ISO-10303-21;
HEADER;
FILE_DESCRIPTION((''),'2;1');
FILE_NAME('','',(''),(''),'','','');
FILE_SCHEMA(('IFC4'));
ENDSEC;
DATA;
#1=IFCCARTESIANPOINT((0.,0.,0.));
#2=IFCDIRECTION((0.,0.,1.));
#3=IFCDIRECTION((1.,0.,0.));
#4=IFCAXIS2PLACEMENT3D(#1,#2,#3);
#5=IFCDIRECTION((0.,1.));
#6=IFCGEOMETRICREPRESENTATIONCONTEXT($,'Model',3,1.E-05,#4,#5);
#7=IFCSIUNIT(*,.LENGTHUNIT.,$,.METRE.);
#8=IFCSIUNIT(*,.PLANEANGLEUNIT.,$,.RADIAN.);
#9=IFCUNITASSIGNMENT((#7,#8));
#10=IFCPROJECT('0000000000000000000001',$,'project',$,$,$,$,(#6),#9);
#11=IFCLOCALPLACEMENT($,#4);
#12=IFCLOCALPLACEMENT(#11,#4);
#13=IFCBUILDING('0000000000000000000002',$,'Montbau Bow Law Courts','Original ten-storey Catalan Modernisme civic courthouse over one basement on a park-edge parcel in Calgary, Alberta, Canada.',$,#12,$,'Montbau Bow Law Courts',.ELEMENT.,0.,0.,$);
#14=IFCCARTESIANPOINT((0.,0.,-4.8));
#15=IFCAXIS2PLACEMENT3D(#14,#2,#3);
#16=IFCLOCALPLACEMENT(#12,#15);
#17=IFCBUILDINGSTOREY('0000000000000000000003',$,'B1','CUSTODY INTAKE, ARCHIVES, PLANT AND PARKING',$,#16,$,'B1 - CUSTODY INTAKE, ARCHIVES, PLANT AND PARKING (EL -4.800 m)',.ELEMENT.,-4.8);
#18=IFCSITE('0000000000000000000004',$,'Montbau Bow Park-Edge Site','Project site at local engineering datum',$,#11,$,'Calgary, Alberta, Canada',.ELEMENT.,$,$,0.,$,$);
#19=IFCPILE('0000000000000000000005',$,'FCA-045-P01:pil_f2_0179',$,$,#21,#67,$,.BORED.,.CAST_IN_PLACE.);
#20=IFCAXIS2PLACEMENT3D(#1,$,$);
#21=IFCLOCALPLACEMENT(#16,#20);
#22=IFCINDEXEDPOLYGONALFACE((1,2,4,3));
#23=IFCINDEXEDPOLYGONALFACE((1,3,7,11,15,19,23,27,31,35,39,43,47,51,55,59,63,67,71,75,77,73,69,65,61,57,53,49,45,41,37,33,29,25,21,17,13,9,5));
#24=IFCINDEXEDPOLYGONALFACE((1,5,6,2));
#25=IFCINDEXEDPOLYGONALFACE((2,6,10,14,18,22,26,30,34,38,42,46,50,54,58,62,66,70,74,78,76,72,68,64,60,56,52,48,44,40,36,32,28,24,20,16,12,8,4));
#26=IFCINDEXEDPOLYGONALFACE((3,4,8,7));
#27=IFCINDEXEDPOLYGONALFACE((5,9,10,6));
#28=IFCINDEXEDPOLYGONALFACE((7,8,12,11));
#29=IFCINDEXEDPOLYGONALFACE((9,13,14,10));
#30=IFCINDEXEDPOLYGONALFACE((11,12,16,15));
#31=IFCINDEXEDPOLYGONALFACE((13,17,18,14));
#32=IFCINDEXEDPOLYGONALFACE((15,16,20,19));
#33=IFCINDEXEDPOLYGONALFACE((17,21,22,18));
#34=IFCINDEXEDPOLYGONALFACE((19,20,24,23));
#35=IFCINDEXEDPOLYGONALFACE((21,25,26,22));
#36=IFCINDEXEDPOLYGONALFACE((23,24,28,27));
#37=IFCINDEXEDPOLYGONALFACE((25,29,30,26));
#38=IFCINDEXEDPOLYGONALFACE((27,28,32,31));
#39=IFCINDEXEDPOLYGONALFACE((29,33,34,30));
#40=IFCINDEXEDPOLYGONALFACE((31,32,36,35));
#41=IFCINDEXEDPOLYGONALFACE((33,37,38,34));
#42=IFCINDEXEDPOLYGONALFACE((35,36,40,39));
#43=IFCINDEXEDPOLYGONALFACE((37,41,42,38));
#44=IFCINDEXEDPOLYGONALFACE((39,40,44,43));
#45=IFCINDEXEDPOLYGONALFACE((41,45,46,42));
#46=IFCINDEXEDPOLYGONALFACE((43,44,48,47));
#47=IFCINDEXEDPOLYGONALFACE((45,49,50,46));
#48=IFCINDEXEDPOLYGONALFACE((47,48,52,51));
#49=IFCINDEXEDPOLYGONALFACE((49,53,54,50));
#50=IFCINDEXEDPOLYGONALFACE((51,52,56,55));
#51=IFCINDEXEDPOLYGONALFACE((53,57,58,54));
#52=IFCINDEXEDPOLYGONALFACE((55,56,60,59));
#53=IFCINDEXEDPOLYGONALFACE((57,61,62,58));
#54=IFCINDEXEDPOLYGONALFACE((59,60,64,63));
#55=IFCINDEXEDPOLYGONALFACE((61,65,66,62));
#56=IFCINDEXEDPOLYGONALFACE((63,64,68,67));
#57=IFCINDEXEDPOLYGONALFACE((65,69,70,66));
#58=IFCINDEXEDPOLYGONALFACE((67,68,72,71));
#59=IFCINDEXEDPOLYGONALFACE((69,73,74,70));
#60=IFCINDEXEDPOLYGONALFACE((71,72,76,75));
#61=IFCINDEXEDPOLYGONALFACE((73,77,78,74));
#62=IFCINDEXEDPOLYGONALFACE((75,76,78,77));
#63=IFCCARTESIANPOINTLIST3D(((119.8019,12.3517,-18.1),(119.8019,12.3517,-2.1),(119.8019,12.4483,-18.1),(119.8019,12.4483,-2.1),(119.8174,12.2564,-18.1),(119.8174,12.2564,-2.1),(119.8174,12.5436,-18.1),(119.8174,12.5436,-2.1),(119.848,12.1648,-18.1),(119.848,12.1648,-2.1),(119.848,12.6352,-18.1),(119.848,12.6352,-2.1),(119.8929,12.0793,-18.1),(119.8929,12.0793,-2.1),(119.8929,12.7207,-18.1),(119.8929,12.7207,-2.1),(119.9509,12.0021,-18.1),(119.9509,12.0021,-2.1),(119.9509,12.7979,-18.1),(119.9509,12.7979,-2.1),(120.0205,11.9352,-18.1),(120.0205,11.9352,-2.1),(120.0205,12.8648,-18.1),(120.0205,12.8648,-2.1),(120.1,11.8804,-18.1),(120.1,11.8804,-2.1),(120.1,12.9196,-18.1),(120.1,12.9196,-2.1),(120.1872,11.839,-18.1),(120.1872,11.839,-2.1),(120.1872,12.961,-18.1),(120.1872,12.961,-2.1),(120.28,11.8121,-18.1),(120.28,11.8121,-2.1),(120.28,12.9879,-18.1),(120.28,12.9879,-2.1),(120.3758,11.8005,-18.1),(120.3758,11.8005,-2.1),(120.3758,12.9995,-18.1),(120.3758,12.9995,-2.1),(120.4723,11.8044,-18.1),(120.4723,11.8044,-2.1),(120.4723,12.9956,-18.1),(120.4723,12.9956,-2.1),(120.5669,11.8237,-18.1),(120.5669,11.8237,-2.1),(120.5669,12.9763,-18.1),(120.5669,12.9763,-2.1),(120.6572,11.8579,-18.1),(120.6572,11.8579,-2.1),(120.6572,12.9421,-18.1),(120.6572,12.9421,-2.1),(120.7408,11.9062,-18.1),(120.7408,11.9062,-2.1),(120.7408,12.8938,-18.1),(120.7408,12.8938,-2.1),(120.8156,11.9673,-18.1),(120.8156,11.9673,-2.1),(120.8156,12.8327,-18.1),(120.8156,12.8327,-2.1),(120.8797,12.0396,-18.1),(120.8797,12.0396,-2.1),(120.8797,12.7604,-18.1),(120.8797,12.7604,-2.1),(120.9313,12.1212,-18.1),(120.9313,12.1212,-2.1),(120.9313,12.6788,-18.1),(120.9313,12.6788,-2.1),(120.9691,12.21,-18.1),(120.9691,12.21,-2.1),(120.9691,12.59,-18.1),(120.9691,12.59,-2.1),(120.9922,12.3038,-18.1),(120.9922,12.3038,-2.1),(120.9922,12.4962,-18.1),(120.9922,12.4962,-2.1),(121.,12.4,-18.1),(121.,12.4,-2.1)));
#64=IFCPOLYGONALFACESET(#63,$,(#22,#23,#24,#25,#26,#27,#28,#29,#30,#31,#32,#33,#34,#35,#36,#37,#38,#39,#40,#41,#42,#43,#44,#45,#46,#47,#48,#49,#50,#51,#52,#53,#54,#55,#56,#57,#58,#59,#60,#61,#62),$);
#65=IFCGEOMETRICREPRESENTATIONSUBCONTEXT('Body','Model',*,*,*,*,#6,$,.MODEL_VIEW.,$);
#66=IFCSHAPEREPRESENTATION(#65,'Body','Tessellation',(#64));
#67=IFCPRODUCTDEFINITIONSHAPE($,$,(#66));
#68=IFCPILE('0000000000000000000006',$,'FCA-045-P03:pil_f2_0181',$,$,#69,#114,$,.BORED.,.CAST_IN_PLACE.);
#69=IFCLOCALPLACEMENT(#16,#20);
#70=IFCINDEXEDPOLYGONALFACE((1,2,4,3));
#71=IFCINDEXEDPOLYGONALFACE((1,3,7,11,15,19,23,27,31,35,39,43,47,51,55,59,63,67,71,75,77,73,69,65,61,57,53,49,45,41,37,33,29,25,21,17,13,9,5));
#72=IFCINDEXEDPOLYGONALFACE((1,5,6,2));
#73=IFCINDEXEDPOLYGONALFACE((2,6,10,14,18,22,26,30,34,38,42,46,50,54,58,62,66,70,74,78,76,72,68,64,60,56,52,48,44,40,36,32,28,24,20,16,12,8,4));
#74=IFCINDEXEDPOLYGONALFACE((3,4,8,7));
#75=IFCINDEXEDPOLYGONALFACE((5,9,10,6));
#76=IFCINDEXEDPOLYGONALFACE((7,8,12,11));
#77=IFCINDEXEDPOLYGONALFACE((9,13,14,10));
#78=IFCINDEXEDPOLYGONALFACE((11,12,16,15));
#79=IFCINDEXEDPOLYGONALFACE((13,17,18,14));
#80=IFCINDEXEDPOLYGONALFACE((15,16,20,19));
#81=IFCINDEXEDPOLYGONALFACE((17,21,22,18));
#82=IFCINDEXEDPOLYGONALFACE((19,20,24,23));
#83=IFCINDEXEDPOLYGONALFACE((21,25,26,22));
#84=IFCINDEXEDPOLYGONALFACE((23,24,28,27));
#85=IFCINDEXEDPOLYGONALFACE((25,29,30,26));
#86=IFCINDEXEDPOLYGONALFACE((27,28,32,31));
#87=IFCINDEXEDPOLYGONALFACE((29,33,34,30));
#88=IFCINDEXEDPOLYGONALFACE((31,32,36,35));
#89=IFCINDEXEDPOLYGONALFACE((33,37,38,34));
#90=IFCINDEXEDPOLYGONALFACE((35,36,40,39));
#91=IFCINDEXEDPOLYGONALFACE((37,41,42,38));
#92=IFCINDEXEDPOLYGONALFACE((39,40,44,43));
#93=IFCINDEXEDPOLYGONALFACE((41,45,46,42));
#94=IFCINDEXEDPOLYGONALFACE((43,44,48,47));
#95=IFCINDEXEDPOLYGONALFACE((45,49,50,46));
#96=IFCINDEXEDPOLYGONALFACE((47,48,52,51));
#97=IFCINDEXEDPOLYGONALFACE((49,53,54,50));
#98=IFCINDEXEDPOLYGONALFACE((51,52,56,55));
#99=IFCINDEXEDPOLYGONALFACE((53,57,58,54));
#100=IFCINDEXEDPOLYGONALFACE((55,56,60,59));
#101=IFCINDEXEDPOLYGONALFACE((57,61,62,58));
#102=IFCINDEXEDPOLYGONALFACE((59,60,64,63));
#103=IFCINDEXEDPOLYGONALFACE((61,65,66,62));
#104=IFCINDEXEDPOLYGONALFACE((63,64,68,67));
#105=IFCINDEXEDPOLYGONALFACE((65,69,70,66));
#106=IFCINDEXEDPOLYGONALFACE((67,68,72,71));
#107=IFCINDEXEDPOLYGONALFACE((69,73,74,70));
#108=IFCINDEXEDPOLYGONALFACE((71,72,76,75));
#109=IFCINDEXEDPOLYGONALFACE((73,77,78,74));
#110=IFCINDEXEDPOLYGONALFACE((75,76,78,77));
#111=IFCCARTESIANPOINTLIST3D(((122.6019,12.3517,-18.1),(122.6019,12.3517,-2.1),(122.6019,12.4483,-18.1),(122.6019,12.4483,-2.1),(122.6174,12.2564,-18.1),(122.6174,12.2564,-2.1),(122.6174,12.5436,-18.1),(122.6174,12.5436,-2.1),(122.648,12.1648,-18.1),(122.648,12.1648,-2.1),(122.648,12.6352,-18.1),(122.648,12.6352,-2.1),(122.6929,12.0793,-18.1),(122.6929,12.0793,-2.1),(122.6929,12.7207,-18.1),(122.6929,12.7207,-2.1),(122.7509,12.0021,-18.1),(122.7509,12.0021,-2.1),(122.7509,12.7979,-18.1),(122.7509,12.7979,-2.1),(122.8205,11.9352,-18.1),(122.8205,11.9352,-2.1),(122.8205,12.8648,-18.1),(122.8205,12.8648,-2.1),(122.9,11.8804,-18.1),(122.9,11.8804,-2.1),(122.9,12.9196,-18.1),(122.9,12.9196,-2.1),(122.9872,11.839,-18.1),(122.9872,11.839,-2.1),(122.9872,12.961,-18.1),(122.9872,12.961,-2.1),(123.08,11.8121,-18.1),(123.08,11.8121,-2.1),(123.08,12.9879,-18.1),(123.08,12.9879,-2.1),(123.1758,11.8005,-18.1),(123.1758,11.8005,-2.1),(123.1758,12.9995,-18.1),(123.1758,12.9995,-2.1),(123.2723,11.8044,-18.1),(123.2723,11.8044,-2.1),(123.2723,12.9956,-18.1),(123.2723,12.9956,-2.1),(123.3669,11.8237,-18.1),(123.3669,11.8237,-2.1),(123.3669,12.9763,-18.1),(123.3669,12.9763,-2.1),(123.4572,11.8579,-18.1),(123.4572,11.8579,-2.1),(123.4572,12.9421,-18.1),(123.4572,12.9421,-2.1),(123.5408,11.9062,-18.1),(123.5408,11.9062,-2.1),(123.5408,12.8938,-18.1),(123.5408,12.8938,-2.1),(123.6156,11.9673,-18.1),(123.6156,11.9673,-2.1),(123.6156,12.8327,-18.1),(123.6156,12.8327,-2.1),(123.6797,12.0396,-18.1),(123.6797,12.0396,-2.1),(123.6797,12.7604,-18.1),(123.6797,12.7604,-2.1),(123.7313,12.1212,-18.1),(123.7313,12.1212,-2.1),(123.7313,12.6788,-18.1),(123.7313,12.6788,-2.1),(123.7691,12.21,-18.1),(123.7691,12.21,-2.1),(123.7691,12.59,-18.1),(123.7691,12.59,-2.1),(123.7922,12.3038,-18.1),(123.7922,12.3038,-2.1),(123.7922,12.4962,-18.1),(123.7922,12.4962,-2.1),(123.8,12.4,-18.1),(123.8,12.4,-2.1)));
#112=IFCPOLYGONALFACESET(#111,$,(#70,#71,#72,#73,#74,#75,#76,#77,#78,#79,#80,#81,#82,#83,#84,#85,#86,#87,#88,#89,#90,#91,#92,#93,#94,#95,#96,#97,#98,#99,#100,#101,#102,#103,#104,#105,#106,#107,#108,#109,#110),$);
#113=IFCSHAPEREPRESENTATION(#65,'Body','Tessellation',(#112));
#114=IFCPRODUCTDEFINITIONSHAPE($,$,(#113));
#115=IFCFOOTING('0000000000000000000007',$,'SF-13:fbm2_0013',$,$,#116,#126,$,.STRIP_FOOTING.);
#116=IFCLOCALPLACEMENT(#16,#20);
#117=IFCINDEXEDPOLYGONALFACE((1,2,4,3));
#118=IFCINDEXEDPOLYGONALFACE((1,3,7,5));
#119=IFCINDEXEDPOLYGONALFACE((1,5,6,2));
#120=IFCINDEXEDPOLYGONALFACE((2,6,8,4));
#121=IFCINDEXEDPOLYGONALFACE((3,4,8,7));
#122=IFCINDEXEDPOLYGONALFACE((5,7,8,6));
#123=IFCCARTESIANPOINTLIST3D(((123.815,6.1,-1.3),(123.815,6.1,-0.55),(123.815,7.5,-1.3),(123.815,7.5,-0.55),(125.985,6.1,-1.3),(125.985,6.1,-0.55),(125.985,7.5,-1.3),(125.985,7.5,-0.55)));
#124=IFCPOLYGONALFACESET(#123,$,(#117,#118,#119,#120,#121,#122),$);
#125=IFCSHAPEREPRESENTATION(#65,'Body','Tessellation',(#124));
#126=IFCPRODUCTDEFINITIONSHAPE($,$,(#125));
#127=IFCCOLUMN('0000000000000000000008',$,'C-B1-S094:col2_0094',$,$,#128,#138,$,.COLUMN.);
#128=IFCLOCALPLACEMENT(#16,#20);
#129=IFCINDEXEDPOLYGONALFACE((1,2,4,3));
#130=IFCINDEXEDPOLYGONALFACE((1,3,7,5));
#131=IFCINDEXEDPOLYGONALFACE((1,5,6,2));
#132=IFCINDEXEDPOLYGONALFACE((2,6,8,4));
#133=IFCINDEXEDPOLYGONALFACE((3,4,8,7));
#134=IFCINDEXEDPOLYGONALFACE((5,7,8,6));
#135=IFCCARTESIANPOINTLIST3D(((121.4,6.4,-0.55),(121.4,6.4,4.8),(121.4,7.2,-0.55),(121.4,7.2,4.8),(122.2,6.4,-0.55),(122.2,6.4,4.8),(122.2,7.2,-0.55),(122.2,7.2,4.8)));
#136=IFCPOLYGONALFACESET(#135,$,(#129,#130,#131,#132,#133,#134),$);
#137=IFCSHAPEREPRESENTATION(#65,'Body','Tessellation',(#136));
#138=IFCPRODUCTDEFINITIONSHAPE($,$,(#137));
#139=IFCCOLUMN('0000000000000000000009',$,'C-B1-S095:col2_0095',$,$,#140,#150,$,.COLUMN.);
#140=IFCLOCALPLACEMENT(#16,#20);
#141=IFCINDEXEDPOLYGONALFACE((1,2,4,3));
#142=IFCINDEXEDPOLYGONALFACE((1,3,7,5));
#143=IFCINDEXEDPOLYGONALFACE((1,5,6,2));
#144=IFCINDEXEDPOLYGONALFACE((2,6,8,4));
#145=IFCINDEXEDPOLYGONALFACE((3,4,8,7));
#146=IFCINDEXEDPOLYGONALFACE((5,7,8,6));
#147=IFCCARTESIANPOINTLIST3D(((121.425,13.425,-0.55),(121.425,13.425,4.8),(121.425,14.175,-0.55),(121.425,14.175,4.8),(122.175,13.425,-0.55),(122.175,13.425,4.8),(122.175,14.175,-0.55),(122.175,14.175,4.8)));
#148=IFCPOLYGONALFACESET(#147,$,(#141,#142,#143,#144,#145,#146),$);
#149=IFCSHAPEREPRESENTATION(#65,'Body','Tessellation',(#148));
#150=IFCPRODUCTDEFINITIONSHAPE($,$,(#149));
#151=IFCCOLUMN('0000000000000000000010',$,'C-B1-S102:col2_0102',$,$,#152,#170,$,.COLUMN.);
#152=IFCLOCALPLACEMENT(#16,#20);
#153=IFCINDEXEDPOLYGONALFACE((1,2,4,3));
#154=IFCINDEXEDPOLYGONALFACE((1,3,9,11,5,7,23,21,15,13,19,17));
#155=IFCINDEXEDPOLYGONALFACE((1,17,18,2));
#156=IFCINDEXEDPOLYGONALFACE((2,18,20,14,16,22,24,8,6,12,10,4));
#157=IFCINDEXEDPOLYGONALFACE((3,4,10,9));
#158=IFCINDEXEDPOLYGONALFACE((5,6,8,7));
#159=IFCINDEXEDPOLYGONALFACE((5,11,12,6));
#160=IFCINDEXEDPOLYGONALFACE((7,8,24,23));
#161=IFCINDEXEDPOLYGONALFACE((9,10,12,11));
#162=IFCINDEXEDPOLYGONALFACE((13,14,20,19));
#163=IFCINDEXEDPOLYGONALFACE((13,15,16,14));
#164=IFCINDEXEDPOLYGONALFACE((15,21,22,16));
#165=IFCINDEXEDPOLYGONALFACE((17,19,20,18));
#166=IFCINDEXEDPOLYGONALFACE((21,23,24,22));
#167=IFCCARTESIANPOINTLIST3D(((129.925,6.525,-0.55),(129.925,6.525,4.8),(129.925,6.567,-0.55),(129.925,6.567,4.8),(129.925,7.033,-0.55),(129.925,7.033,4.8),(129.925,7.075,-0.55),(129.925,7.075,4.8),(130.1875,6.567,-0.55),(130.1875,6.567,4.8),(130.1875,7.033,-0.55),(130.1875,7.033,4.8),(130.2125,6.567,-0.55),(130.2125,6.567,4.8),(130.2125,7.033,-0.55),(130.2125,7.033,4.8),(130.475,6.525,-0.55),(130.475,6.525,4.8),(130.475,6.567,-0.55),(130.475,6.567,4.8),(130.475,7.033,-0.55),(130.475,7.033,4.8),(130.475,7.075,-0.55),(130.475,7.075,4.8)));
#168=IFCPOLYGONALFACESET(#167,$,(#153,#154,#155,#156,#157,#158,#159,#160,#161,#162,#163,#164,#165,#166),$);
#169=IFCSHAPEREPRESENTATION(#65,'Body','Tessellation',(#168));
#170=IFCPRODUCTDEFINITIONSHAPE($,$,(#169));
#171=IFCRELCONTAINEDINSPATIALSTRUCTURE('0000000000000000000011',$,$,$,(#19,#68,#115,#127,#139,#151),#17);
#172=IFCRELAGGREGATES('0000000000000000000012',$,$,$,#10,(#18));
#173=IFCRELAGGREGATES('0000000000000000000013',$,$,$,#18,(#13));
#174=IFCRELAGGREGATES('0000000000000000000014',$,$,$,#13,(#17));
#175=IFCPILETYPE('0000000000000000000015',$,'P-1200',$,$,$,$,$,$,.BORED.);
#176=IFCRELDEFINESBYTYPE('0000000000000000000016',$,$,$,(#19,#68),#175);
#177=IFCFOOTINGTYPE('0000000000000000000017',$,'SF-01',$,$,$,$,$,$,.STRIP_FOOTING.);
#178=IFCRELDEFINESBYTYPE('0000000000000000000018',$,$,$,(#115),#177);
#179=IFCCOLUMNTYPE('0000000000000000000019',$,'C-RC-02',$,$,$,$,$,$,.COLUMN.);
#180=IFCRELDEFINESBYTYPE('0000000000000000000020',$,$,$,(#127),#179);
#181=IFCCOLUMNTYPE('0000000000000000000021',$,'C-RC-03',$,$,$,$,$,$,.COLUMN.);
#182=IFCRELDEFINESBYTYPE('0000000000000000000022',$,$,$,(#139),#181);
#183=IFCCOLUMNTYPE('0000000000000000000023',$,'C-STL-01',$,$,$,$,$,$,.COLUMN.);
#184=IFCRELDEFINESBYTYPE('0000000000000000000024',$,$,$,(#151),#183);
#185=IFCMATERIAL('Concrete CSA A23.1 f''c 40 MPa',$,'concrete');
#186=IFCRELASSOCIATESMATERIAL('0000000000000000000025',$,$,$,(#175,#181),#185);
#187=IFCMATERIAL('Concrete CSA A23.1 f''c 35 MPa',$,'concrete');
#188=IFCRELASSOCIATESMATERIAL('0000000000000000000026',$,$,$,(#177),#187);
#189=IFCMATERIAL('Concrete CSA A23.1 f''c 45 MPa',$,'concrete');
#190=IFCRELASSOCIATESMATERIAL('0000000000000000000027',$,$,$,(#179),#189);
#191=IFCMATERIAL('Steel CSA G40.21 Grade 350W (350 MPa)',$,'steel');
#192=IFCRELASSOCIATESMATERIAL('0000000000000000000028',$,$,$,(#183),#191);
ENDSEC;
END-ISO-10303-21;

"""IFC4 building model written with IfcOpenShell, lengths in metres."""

from ifc_helpers import new_model, si_unit, direction, frame, origin_with_axes, origin_2d_with_axis, place, context, subcontext, project, spatial, rectangle, circle, i_section, extrude, material, material_profile, profile_set, type_object, element, save


model = new_model("IFC4")

# Units and contexts
model_context = context("Model", 3, precision=1e-05, world=origin_with_axes(), true_north=direction((0.0, 1.0)))
body_context = subcontext(model_context, "Body", "Model", "MODEL_VIEW")
ifc_project = project(units=[si_unit("LENGTHUNIT", "METRE"), si_unit("PLANEANGLEUNIT", "RADIAN")], contexts=[model_context])

# Site, building, storey
site_placement = place(None, origin_with_axes())
site = spatial("IfcSite", under=ifc_project, at=site_placement, Name="Montbau Bow Park-Edge Site", Description="Project site at local engineering datum", LongName="Calgary, Alberta, Canada", CompositionType="ELEMENT", RefElevation=0.0)
building_placement = place(site_placement, origin_with_axes())
building = spatial("IfcBuilding", under=site, at=building_placement, Name="Montbau Bow Law Courts", Description="Original ten-storey Catalan Modernisme civic courthouse over one basement on a park-edge parcel in Calgary, Alberta, Canada.", LongName="Montbau Bow Law Courts", CompositionType="ELEMENT", ElevationOfRefHeight=0.0, ElevationOfTerrain=0.0)
storey_placement = place(building_placement, frame((0.0, 0.0, -4.8), z_axis=(0.0, 0.0, 1.0), x_axis=(1.0, 0.0, 0.0)))
storey = spatial("IfcBuildingStorey", under=building, at=storey_placement, Name="B1", Description="CUSTODY INTAKE, ARCHIVES, PLANT AND PARKING", LongName="B1 - CUSTODY INTAKE, ARCHIVES, PLANT AND PARKING (EL -4.800 m)", CompositionType="ELEMENT", Elevation=-4.8)

# Shared definitions
ifc_material_1 = material(Name="Concrete CSA A23.1 f'c 35 MPa", Category="concrete")

# Piles
ifc_material_2 = material(Name="Concrete CSA A23.1 f'c 40 MPa", Category="concrete")
ifc_material_profile_1 = material_profile(ifc_material_2, circle(Radius=0.6, at=origin_2d_with_axis()), Name="BP1200", Category="Main", Priority=0)
ifc_profile_set_1 = profile_set([ifc_material_profile_1], Name="Concrete CSA A23.1 f'c 40 MPa")
pile_type_1 = type_object("IfcPileType", Name="P-1200", PredefinedType="BORED", material=ifc_profile_set_1)
for number, where, z_axis, x_axis, name in (
    (1, (120.4, 12.4, -22.9), (0.0, 0.0, 1.0), (1.0, 0.0, 0.0), "FCA-045-P01:pil_f2_0179"),
    (2, (123.2, 12.4, -22.9), (0.0, 0.0, 1.0), (1.0, 0.0, 0.0), "FCA-045-P03:pil_f2_0181"),
):
    element("IfcPile", number, at=place(None, frame(where, z_axis=z_axis, x_axis=x_axis)), inside=storey, type_object=pile_type_1, Name=name, ConstructionType="CAST_IN_PLACE", PredefinedType="BORED", context=body_context, shape_type="SweptSolid", body=[
        extrude(circle(Radius=0.6, at=origin_2d_with_axis()), origin_with_axes(), (0.0, 0.0, 1.0), 16.0),
    ])

# Footing
footing_type_1 = type_object("IfcFootingType", Name="SF-01", PredefinedType="STRIP_FOOTING", material=ifc_material_1)
footing_1_placement = place(None, frame((124.9, 6.8, -6.1), z_axis=(0.0, 0.0, 1.0), x_axis=(1.0, 0.0, 0.0)))
element("IfcFooting", 3, at=footing_1_placement, inside=storey, type_object=footing_type_1, Name="SF-13:fbm2_0013", PredefinedType="STRIP_FOOTING", context=body_context, shape_type="SweptSolid", body=[
    extrude(rectangle(XDim=2.17, YDim=1.4, at=origin_2d_with_axis()), origin_with_axes(), (0.0, 0.0, 1.0), 0.75),
])

# Columns
ifc_material_3 = material(Name="Concrete CSA A23.1 f'c 45 MPa", Category="concrete")
ifc_material_profile_2 = material_profile(ifc_material_3, rectangle(XDim=0.8, YDim=0.8, at=origin_2d_with_axis()), Name="RC800X800", Category="Main", Priority=0)
ifc_profile_set_2 = profile_set([ifc_material_profile_2], Name="Concrete CSA A23.1 f'c 45 MPa")
column_type_1 = type_object("IfcColumnType", Name="C-RC-02", PredefinedType="COLUMN", material=ifc_profile_set_2)
column_1_placement = place(None, frame((121.8, 6.8, -5.35), z_axis=(0.0, 0.0, 1.0), x_axis=(1.0, 0.0, 0.0)))
element("IfcColumn", 4, at=column_1_placement, inside=storey, type_object=column_type_1, Name="C-B1-S094:col2_0094", PredefinedType="COLUMN", context=body_context, shape_type="SweptSolid", body=[
    extrude(rectangle(XDim=0.8, YDim=0.8, at=origin_2d_with_axis()), origin_with_axes(), (0.0, 0.0, 1.0), 5.35),
])
ifc_material_profile_3 = material_profile(ifc_material_2, rectangle(XDim=0.75, YDim=0.75, at=origin_2d_with_axis()), Name="RC750X750", Category="Main", Priority=0)
ifc_profile_set_3 = profile_set([ifc_material_profile_3], Name="Concrete CSA A23.1 f'c 40 MPa")
column_type_2 = type_object("IfcColumnType", Name="C-RC-03", PredefinedType="COLUMN", material=ifc_profile_set_3)
column_2_placement = place(None, frame((121.8, 13.8, -5.35), z_axis=(0.0, 0.0, 1.0), x_axis=(1.0, 0.0, 0.0)))
element("IfcColumn", 5, at=column_2_placement, inside=storey, type_object=column_type_2, Name="C-B1-S095:col2_0095", PredefinedType="COLUMN", context=body_context, shape_type="SweptSolid", body=[
    extrude(rectangle(XDim=0.75, YDim=0.75, at=origin_2d_with_axis()), origin_with_axes(), (0.0, 0.0, 1.0), 5.35),
])
ifc_material_4 = material(Name="Steel CSA G40.21 Grade 350W (350 MPa)", Category="steel")
ifc_material_profile_4 = material_profile(ifc_material_4, i_section(OverallWidth=0.55, OverallDepth=0.55, WebThickness=0.025, FlangeThickness=0.042, at=origin_2d_with_axis()), Name="WWF550X420", Category="Main", Priority=0)
ifc_profile_set_4 = profile_set([ifc_material_profile_4], Name="Steel CSA G40.21 Grade 350W (350 MPa)")
column_type_3 = type_object("IfcColumnType", Name="C-STL-01", PredefinedType="COLUMN", material=ifc_profile_set_4)
column_3_placement = place(None, frame((130.2, 6.8, -5.35), z_axis=(0.0, 0.0, 1.0), x_axis=(1.0, 0.0, 0.0)))
element("IfcColumn", 6, at=column_3_placement, inside=storey, type_object=column_type_3, Name="C-B1-S102:col2_0102", PredefinedType="COLUMN", context=body_context, shape_type="SweptSolid", body=[
    extrude(i_section(OverallWidth=0.55, OverallDepth=0.55, WebThickness=0.025, FlangeThickness=0.042, at=origin_2d_with_axis()), origin_with_axes(), (0.0, 0.0, 1.0), 5.35),
])

save(model, "model.ifc")
